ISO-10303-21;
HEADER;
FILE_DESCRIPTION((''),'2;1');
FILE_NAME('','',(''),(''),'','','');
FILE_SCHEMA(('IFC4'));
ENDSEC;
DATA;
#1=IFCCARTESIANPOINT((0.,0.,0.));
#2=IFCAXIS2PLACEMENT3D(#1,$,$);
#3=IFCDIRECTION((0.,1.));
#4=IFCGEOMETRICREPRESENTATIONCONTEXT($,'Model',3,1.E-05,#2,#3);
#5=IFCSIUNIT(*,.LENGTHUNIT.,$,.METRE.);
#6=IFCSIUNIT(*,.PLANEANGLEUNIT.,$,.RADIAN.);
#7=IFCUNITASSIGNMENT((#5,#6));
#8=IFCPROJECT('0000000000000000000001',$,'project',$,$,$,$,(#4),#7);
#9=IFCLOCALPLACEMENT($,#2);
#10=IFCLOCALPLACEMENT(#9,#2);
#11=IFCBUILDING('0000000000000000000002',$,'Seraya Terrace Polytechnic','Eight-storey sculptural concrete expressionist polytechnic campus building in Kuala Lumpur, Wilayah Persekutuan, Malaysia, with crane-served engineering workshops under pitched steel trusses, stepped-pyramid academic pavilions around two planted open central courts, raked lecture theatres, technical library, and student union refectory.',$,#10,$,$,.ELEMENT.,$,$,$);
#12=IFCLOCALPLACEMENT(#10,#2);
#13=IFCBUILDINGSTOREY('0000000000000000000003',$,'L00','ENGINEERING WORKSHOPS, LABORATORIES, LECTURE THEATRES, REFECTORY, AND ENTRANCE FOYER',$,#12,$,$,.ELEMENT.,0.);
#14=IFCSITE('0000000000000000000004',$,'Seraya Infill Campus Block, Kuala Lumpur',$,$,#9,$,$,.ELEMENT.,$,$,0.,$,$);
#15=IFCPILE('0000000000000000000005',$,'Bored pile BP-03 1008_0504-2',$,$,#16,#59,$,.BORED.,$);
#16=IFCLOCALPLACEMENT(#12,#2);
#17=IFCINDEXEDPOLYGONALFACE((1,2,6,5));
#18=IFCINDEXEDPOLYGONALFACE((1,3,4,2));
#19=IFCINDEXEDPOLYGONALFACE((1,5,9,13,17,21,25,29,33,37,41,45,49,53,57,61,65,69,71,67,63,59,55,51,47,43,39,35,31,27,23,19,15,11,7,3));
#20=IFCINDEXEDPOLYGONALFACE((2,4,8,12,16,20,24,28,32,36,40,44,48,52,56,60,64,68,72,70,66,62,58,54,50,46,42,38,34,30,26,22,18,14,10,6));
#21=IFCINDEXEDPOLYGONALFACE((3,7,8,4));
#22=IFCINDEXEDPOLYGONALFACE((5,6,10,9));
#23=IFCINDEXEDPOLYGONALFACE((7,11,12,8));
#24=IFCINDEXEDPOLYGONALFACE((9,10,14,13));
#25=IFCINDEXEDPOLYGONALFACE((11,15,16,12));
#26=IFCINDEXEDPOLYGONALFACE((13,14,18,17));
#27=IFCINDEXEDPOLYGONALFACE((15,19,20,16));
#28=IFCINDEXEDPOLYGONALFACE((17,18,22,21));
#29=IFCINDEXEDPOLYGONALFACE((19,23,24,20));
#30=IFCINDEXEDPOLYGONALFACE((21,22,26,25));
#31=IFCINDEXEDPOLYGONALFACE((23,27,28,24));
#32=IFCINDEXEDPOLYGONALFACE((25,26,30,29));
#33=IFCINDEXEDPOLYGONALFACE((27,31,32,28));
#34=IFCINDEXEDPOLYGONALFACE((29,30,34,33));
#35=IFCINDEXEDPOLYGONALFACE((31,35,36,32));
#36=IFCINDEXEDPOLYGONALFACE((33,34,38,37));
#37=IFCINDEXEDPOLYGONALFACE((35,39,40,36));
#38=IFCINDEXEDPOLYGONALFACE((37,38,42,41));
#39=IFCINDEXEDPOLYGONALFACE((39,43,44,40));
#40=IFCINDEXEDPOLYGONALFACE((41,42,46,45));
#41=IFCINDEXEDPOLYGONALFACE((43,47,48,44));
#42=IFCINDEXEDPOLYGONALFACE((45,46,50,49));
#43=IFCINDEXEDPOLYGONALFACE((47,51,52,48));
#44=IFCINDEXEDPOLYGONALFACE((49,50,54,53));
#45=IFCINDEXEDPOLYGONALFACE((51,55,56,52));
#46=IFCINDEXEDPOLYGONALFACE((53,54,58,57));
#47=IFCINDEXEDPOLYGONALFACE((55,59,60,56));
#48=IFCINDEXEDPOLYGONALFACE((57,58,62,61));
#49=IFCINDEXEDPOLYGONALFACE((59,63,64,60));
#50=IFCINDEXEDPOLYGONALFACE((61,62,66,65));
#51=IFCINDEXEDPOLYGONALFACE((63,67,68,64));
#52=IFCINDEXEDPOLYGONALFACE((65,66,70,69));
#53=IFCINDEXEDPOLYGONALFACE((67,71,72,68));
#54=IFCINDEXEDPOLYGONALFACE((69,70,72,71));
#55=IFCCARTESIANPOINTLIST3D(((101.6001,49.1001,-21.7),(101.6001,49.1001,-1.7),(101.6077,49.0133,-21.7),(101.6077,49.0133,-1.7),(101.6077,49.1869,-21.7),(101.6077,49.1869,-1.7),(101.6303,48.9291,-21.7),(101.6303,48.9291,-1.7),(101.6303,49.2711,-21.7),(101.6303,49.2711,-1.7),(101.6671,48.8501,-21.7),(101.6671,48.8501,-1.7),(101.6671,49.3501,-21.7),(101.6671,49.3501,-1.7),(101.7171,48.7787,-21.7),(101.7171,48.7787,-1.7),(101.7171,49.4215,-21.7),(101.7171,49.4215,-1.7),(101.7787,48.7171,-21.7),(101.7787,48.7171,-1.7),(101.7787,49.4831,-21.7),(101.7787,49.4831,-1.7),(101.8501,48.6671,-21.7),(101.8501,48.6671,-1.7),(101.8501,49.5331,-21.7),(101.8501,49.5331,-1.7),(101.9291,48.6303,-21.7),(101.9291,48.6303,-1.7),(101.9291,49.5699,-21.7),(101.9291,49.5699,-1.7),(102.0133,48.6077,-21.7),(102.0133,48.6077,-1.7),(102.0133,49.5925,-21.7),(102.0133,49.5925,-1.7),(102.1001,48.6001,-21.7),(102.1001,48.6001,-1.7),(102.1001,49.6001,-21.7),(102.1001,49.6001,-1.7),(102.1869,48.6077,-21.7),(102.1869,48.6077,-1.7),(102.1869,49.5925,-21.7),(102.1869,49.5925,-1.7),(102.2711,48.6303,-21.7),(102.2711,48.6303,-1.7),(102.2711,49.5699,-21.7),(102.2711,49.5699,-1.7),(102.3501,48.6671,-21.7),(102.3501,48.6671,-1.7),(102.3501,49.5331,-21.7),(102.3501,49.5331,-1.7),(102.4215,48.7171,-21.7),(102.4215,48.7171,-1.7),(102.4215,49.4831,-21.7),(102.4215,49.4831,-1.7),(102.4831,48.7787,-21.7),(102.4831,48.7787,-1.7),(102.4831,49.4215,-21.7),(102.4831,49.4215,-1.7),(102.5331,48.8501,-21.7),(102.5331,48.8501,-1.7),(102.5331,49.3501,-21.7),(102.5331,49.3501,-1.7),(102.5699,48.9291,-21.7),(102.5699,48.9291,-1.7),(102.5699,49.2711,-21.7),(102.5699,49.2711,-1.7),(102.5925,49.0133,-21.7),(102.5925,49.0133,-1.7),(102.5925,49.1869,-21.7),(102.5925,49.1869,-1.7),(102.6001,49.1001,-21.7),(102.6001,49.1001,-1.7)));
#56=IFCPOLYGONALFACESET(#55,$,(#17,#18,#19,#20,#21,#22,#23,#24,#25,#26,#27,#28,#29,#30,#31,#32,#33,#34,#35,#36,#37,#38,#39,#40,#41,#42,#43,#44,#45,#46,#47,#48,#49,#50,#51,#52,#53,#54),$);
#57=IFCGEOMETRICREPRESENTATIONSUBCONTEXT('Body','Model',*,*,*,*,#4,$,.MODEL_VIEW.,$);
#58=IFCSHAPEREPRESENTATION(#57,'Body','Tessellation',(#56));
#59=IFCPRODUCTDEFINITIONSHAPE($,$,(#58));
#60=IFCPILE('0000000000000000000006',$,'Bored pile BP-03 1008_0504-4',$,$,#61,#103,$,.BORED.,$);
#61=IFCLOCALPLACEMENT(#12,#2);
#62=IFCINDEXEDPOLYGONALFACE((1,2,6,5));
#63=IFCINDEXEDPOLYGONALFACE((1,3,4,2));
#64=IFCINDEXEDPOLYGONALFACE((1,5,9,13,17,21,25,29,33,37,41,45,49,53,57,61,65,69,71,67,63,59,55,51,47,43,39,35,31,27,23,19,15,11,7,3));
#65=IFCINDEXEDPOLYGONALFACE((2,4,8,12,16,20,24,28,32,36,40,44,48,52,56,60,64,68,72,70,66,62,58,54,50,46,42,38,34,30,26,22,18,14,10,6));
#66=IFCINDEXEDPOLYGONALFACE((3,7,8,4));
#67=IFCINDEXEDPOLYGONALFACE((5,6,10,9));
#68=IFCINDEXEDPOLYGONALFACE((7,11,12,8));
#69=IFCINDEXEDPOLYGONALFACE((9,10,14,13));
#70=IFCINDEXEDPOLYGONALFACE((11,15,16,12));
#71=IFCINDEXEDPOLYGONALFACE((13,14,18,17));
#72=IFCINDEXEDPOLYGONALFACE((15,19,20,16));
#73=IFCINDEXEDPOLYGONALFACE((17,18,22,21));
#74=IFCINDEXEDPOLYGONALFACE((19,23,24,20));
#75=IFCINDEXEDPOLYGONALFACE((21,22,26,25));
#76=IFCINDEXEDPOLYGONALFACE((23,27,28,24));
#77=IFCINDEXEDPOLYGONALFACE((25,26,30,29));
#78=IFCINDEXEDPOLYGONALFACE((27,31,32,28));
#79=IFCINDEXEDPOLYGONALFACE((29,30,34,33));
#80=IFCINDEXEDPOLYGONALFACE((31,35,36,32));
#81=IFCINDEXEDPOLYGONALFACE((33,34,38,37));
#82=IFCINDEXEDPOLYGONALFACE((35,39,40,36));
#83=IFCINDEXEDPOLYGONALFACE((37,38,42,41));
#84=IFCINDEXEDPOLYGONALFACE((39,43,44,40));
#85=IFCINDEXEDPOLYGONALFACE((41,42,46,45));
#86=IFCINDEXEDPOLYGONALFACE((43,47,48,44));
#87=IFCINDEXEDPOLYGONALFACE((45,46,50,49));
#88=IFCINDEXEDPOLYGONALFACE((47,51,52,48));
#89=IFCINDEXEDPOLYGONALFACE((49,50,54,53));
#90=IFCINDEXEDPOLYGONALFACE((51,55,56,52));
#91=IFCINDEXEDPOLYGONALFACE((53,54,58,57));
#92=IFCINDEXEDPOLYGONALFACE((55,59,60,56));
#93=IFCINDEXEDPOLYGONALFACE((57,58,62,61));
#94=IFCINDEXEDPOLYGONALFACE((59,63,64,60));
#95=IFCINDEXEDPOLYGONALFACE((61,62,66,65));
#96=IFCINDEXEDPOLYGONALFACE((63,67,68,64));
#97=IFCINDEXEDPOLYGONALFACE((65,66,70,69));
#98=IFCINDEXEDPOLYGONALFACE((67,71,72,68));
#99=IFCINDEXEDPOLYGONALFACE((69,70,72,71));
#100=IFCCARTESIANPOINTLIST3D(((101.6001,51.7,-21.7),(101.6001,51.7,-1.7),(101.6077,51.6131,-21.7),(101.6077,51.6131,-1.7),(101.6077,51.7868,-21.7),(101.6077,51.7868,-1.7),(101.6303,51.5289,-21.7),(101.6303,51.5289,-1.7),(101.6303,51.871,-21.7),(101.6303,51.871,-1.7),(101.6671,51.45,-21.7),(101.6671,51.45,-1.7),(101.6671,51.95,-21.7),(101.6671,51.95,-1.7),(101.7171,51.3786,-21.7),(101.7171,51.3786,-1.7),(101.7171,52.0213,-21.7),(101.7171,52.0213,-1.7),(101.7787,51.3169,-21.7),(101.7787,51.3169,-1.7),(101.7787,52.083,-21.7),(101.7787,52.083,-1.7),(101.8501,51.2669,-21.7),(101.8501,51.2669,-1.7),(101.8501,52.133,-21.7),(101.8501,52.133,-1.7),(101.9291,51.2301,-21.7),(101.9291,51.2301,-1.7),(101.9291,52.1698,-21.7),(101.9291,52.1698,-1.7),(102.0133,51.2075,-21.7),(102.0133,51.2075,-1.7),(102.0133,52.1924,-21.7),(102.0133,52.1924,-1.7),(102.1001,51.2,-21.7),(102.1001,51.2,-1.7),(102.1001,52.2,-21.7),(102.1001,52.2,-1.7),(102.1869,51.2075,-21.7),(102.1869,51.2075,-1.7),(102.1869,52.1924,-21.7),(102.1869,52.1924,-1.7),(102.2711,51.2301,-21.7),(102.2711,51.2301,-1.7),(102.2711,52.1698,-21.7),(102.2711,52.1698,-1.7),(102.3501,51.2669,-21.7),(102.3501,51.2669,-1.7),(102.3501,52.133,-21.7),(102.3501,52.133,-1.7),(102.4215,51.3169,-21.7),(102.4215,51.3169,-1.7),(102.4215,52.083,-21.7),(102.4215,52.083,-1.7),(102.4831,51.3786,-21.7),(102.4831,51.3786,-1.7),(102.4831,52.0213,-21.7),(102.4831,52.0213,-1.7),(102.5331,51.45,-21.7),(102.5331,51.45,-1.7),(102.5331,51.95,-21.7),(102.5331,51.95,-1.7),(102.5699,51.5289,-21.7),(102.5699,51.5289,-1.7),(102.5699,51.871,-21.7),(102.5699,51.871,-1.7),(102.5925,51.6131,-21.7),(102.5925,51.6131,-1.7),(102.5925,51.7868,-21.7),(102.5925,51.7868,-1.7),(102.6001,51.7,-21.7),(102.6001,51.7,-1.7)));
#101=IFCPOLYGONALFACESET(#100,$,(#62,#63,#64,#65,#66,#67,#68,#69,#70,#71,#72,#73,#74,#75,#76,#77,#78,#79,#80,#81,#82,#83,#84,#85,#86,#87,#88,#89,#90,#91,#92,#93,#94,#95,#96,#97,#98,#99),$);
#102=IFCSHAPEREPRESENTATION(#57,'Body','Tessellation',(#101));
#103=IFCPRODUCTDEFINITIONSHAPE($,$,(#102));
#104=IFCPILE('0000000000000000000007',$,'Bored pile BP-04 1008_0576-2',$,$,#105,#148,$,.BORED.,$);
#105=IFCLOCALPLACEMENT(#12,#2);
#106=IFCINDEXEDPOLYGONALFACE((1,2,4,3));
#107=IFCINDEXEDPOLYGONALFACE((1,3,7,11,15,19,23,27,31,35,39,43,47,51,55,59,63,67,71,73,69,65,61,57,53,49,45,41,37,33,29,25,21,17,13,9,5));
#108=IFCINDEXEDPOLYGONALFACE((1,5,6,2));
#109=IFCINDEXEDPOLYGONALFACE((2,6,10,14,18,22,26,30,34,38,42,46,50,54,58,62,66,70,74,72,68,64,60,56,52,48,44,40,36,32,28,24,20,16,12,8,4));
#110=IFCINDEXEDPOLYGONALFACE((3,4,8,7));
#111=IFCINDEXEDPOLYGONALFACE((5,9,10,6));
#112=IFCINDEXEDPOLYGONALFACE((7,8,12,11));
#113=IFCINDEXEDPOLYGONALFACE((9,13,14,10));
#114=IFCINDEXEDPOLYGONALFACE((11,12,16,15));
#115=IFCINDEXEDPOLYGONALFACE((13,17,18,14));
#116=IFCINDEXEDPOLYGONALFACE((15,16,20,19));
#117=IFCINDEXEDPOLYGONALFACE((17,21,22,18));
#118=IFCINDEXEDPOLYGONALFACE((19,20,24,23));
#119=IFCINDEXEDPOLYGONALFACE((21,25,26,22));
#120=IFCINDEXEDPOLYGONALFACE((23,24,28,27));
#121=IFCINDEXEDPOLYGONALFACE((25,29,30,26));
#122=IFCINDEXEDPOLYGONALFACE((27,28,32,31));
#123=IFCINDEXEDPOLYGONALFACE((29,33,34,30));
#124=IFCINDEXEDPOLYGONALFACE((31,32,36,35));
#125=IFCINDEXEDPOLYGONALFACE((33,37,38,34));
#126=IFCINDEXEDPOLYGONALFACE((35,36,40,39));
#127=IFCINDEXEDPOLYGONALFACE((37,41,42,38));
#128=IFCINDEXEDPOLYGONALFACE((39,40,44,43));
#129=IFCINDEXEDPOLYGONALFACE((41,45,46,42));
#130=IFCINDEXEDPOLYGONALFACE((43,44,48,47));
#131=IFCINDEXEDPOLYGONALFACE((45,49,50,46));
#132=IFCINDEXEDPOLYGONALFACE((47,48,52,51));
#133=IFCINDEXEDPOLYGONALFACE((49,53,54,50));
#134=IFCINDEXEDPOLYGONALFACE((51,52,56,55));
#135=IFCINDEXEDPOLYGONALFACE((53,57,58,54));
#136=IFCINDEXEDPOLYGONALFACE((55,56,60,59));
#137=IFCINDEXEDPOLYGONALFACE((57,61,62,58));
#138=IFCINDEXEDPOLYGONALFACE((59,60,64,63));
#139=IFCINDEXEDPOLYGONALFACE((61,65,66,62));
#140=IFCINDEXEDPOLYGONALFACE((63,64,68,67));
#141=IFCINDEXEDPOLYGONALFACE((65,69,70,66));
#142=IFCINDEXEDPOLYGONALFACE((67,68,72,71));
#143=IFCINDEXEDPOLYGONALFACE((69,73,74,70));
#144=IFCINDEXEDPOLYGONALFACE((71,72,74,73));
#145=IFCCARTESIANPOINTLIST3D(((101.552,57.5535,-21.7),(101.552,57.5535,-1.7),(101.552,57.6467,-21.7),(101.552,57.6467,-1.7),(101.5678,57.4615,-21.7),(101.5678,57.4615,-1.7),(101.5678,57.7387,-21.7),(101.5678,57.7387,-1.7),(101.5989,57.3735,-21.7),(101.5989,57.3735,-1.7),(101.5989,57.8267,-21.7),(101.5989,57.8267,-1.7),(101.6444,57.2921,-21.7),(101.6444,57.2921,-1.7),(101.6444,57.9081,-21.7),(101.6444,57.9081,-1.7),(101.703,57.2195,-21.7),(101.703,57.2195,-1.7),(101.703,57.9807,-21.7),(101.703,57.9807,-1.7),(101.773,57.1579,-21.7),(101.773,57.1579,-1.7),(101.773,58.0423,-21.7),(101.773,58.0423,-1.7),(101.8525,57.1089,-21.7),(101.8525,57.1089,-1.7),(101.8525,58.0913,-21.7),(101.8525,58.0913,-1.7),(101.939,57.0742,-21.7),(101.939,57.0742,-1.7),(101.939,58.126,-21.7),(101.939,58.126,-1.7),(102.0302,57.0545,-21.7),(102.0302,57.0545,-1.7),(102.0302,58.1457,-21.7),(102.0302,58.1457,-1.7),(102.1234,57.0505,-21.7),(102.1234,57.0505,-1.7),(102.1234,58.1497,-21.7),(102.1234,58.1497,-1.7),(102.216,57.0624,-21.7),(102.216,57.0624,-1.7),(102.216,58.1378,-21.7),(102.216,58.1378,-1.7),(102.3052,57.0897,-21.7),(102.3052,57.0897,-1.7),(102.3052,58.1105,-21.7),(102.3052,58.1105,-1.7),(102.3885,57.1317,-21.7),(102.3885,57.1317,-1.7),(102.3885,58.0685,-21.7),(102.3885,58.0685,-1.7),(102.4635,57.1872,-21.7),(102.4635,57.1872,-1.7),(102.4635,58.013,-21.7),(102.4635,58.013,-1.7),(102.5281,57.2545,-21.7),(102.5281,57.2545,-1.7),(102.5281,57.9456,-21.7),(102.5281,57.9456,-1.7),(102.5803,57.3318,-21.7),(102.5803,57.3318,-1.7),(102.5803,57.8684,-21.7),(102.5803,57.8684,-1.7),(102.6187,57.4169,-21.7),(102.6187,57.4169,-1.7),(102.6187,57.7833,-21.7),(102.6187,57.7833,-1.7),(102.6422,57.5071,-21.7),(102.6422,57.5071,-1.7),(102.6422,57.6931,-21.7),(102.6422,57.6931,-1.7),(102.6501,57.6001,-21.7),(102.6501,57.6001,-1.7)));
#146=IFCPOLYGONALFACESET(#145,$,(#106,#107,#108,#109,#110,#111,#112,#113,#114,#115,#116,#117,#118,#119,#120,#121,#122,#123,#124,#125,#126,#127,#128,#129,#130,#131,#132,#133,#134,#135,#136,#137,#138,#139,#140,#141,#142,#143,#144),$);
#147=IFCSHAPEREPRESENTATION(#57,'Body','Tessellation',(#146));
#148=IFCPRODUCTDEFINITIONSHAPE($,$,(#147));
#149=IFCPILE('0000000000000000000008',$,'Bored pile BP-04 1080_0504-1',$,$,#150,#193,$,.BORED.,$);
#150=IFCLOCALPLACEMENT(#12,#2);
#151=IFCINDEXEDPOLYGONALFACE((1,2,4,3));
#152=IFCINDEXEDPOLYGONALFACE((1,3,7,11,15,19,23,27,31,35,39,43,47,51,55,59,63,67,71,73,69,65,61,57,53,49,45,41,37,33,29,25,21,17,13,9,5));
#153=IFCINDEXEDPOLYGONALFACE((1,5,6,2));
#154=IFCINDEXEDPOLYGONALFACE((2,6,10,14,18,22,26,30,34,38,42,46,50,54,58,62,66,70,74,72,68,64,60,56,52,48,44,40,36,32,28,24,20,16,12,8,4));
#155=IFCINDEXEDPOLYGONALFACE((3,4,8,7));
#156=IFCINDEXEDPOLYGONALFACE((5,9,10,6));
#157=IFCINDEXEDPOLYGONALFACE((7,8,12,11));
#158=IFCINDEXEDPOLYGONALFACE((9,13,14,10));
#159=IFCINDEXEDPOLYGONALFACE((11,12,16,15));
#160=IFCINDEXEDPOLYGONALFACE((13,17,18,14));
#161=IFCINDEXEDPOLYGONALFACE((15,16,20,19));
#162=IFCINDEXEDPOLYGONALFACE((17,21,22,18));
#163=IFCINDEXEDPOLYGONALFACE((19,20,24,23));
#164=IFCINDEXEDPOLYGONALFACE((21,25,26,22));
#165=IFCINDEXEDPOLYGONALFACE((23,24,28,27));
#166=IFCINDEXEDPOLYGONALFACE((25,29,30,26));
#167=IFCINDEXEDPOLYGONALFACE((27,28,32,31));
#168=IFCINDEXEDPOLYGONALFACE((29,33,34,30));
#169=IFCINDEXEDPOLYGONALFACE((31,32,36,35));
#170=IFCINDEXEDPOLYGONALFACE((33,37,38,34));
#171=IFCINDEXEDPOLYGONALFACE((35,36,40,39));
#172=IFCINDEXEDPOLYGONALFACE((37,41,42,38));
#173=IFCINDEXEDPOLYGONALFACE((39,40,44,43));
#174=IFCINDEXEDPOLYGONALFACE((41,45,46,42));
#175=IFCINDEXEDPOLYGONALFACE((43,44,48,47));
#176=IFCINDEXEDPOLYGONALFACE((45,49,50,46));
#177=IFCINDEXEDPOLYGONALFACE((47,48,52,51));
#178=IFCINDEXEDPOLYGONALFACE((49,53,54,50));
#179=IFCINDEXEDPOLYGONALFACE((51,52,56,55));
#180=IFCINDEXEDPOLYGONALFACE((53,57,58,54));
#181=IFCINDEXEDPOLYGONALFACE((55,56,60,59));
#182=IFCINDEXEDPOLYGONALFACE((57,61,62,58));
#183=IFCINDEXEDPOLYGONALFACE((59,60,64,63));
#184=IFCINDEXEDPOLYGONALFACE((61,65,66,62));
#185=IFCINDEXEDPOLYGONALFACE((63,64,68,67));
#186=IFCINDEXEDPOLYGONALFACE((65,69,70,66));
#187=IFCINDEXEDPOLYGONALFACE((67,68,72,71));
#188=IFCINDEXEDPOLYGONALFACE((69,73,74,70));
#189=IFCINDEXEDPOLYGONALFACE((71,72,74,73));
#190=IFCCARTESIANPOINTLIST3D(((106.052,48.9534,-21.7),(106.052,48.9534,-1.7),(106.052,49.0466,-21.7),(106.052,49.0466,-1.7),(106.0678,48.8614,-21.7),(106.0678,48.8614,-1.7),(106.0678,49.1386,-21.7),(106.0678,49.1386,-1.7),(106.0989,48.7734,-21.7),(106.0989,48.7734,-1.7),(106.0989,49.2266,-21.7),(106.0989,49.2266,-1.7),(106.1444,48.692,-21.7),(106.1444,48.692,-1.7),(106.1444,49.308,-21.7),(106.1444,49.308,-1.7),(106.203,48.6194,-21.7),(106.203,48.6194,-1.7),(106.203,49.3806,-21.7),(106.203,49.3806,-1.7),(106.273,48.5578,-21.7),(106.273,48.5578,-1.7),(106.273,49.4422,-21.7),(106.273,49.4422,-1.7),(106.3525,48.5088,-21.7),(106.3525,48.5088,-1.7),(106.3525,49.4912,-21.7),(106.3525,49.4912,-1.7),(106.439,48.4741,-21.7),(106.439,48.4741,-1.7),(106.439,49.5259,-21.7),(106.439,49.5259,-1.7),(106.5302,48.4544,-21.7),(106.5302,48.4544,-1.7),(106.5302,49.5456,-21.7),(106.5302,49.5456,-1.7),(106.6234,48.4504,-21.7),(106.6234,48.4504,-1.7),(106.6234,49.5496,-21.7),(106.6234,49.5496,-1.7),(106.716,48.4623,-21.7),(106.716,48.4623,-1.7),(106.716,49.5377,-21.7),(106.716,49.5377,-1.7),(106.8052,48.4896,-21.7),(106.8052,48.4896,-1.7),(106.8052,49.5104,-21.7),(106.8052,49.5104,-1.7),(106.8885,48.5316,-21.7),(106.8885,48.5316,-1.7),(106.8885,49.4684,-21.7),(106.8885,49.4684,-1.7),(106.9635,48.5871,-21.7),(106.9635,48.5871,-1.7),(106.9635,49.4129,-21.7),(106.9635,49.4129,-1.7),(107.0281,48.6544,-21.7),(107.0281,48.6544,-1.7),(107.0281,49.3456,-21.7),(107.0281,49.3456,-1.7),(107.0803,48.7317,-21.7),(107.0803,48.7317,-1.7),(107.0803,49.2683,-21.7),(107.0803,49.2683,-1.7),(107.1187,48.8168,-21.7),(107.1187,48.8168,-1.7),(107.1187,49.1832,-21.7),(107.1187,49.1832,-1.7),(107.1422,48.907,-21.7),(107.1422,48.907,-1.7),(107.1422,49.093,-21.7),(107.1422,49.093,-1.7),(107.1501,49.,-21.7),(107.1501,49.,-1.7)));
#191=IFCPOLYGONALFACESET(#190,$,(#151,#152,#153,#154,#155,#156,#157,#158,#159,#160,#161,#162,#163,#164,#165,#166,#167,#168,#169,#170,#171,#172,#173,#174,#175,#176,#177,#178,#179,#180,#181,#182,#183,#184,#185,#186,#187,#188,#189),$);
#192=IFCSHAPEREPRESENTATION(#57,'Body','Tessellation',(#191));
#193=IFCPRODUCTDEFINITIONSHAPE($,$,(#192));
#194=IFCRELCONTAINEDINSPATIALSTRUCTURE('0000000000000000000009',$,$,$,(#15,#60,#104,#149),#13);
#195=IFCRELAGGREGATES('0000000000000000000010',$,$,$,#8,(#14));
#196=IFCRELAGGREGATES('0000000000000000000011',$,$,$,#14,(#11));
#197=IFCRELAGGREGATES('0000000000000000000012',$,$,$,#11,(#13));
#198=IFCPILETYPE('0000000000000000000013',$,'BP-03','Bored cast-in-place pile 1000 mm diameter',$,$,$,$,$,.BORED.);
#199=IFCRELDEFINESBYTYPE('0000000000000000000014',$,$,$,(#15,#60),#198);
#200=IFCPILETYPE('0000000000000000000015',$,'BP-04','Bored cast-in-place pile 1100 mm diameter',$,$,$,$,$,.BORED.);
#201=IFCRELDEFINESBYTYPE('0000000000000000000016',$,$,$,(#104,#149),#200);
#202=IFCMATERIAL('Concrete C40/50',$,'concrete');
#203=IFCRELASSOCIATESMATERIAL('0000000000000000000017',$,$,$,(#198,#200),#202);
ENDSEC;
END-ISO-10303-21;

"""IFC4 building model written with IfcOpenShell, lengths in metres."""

from ifc_helpers import new_model, si_unit, direction, frame, origin, origin_2d, place, context, subcontext, project, spatial, circle, extrude, material, material_profile, profile_set, type_object, element, save


model = new_model("IFC4")

# Units and contexts
model_context = context("Model", 3, precision=1e-05, world=origin(), true_north=direction((0.0, 1.0)))
body_context = subcontext(model_context, "Body", "Model", "MODEL_VIEW")
ifc_project = project(units=[si_unit("LENGTHUNIT", "METRE"), si_unit("PLANEANGLEUNIT", "RADIAN")], contexts=[model_context])

# Site, building, storey
site_placement = place(None, origin())
site = spatial("IfcSite", under=ifc_project, at=site_placement, Name="Seraya Infill Campus Block, Kuala Lumpur", CompositionType="ELEMENT", RefElevation=0.0)
building_placement = place(site_placement, origin())
building = spatial("IfcBuilding", under=site, at=building_placement, Name="Seraya Terrace Polytechnic", Description="Eight-storey sculptural concrete expressionist polytechnic campus building in Kuala Lumpur, Wilayah Persekutuan, Malaysia, with crane-served engineering workshops under pitched steel trusses, stepped-pyramid academic pavilions around two planted open central courts, raked lecture theatres, technical library, and student union refectory.", CompositionType="ELEMENT")
storey_placement = place(building_placement, origin())
storey = spatial("IfcBuildingStorey", under=building, at=storey_placement, Name="L00", Description="ENGINEERING WORKSHOPS, LABORATORIES, LECTURE THEATRES, REFECTORY, AND ENTRANCE FOYER", CompositionType="ELEMENT", Elevation=0.0)

# Piles
ifc_material_1 = material(Name="Concrete C40/50", Category="concrete")
ifc_material_profile_1 = material_profile(ifc_material_1, circle(Radius=0.5, at=origin_2d()), Name="DIA 1000")
ifc_profile_set_1 = profile_set([ifc_material_profile_1], Name="Concrete C40/50")
pile_type_1 = type_object("IfcPileType", Name="BP-03", Description="Bored cast-in-place pile 1000 mm diameter", PredefinedType="BORED", material=ifc_profile_set_1)
for number, where, z_axis, x_axis, name in (
    (1, (102.1001, 49.1001, -1.7), (0.0, 0.0, -1.0), (1.0, 0.0, 0.0), "Bored pile BP-03 1008_0504-2"),
    (2, (102.1001, 51.7, -1.7), (0.0, 0.0, -1.0), (1.0, 0.0, 0.0), "Bored pile BP-03 1008_0504-4"),
):
    element("IfcPile", number, at=place(storey_placement, frame(where, z_axis=z_axis, x_axis=x_axis)), inside=storey, type_object=pile_type_1, Name=name, PredefinedType="BORED", context=body_context, shape_type="SweptSolid", body=[
        extrude(circle(Radius=0.5, at=origin_2d()), origin(), (0.0, 0.0, 1.0), 20.0),
    ])
ifc_material_profile_2 = material_profile(ifc_material_1, circle(Radius=0.55, at=origin_2d()), Name="DIA 1100")
ifc_profile_set_2 = profile_set([ifc_material_profile_2], Name="Concrete C40/50")
pile_type_2 = type_object("IfcPileType", Name="BP-04", Description="Bored cast-in-place pile 1100 mm diameter", PredefinedType="BORED", material=ifc_profile_set_2)
for number, where, z_axis, x_axis, name in (
    (3, (102.1001, 57.6001, -1.7), (0.0, 0.0, -1.0), (1.0, 0.0, 0.0), "Bored pile BP-04 1008_0576-2"),
    (4, (106.6001, 49.0, -1.7), (0.0, 0.0, -1.0), (1.0, 0.0, 0.0), "Bored pile BP-04 1080_0504-1"),
):
    element("IfcPile", number, at=place(storey_placement, frame(where, z_axis=z_axis, x_axis=x_axis)), inside=storey, type_object=pile_type_2, Name=name, PredefinedType="BORED", context=body_context, shape_type="SweptSolid", body=[
        extrude(circle(Radius=0.55, at=origin_2d()), origin(), (0.0, 0.0, 1.0), 20.0),
    ])

save(model, "model.ifc")
